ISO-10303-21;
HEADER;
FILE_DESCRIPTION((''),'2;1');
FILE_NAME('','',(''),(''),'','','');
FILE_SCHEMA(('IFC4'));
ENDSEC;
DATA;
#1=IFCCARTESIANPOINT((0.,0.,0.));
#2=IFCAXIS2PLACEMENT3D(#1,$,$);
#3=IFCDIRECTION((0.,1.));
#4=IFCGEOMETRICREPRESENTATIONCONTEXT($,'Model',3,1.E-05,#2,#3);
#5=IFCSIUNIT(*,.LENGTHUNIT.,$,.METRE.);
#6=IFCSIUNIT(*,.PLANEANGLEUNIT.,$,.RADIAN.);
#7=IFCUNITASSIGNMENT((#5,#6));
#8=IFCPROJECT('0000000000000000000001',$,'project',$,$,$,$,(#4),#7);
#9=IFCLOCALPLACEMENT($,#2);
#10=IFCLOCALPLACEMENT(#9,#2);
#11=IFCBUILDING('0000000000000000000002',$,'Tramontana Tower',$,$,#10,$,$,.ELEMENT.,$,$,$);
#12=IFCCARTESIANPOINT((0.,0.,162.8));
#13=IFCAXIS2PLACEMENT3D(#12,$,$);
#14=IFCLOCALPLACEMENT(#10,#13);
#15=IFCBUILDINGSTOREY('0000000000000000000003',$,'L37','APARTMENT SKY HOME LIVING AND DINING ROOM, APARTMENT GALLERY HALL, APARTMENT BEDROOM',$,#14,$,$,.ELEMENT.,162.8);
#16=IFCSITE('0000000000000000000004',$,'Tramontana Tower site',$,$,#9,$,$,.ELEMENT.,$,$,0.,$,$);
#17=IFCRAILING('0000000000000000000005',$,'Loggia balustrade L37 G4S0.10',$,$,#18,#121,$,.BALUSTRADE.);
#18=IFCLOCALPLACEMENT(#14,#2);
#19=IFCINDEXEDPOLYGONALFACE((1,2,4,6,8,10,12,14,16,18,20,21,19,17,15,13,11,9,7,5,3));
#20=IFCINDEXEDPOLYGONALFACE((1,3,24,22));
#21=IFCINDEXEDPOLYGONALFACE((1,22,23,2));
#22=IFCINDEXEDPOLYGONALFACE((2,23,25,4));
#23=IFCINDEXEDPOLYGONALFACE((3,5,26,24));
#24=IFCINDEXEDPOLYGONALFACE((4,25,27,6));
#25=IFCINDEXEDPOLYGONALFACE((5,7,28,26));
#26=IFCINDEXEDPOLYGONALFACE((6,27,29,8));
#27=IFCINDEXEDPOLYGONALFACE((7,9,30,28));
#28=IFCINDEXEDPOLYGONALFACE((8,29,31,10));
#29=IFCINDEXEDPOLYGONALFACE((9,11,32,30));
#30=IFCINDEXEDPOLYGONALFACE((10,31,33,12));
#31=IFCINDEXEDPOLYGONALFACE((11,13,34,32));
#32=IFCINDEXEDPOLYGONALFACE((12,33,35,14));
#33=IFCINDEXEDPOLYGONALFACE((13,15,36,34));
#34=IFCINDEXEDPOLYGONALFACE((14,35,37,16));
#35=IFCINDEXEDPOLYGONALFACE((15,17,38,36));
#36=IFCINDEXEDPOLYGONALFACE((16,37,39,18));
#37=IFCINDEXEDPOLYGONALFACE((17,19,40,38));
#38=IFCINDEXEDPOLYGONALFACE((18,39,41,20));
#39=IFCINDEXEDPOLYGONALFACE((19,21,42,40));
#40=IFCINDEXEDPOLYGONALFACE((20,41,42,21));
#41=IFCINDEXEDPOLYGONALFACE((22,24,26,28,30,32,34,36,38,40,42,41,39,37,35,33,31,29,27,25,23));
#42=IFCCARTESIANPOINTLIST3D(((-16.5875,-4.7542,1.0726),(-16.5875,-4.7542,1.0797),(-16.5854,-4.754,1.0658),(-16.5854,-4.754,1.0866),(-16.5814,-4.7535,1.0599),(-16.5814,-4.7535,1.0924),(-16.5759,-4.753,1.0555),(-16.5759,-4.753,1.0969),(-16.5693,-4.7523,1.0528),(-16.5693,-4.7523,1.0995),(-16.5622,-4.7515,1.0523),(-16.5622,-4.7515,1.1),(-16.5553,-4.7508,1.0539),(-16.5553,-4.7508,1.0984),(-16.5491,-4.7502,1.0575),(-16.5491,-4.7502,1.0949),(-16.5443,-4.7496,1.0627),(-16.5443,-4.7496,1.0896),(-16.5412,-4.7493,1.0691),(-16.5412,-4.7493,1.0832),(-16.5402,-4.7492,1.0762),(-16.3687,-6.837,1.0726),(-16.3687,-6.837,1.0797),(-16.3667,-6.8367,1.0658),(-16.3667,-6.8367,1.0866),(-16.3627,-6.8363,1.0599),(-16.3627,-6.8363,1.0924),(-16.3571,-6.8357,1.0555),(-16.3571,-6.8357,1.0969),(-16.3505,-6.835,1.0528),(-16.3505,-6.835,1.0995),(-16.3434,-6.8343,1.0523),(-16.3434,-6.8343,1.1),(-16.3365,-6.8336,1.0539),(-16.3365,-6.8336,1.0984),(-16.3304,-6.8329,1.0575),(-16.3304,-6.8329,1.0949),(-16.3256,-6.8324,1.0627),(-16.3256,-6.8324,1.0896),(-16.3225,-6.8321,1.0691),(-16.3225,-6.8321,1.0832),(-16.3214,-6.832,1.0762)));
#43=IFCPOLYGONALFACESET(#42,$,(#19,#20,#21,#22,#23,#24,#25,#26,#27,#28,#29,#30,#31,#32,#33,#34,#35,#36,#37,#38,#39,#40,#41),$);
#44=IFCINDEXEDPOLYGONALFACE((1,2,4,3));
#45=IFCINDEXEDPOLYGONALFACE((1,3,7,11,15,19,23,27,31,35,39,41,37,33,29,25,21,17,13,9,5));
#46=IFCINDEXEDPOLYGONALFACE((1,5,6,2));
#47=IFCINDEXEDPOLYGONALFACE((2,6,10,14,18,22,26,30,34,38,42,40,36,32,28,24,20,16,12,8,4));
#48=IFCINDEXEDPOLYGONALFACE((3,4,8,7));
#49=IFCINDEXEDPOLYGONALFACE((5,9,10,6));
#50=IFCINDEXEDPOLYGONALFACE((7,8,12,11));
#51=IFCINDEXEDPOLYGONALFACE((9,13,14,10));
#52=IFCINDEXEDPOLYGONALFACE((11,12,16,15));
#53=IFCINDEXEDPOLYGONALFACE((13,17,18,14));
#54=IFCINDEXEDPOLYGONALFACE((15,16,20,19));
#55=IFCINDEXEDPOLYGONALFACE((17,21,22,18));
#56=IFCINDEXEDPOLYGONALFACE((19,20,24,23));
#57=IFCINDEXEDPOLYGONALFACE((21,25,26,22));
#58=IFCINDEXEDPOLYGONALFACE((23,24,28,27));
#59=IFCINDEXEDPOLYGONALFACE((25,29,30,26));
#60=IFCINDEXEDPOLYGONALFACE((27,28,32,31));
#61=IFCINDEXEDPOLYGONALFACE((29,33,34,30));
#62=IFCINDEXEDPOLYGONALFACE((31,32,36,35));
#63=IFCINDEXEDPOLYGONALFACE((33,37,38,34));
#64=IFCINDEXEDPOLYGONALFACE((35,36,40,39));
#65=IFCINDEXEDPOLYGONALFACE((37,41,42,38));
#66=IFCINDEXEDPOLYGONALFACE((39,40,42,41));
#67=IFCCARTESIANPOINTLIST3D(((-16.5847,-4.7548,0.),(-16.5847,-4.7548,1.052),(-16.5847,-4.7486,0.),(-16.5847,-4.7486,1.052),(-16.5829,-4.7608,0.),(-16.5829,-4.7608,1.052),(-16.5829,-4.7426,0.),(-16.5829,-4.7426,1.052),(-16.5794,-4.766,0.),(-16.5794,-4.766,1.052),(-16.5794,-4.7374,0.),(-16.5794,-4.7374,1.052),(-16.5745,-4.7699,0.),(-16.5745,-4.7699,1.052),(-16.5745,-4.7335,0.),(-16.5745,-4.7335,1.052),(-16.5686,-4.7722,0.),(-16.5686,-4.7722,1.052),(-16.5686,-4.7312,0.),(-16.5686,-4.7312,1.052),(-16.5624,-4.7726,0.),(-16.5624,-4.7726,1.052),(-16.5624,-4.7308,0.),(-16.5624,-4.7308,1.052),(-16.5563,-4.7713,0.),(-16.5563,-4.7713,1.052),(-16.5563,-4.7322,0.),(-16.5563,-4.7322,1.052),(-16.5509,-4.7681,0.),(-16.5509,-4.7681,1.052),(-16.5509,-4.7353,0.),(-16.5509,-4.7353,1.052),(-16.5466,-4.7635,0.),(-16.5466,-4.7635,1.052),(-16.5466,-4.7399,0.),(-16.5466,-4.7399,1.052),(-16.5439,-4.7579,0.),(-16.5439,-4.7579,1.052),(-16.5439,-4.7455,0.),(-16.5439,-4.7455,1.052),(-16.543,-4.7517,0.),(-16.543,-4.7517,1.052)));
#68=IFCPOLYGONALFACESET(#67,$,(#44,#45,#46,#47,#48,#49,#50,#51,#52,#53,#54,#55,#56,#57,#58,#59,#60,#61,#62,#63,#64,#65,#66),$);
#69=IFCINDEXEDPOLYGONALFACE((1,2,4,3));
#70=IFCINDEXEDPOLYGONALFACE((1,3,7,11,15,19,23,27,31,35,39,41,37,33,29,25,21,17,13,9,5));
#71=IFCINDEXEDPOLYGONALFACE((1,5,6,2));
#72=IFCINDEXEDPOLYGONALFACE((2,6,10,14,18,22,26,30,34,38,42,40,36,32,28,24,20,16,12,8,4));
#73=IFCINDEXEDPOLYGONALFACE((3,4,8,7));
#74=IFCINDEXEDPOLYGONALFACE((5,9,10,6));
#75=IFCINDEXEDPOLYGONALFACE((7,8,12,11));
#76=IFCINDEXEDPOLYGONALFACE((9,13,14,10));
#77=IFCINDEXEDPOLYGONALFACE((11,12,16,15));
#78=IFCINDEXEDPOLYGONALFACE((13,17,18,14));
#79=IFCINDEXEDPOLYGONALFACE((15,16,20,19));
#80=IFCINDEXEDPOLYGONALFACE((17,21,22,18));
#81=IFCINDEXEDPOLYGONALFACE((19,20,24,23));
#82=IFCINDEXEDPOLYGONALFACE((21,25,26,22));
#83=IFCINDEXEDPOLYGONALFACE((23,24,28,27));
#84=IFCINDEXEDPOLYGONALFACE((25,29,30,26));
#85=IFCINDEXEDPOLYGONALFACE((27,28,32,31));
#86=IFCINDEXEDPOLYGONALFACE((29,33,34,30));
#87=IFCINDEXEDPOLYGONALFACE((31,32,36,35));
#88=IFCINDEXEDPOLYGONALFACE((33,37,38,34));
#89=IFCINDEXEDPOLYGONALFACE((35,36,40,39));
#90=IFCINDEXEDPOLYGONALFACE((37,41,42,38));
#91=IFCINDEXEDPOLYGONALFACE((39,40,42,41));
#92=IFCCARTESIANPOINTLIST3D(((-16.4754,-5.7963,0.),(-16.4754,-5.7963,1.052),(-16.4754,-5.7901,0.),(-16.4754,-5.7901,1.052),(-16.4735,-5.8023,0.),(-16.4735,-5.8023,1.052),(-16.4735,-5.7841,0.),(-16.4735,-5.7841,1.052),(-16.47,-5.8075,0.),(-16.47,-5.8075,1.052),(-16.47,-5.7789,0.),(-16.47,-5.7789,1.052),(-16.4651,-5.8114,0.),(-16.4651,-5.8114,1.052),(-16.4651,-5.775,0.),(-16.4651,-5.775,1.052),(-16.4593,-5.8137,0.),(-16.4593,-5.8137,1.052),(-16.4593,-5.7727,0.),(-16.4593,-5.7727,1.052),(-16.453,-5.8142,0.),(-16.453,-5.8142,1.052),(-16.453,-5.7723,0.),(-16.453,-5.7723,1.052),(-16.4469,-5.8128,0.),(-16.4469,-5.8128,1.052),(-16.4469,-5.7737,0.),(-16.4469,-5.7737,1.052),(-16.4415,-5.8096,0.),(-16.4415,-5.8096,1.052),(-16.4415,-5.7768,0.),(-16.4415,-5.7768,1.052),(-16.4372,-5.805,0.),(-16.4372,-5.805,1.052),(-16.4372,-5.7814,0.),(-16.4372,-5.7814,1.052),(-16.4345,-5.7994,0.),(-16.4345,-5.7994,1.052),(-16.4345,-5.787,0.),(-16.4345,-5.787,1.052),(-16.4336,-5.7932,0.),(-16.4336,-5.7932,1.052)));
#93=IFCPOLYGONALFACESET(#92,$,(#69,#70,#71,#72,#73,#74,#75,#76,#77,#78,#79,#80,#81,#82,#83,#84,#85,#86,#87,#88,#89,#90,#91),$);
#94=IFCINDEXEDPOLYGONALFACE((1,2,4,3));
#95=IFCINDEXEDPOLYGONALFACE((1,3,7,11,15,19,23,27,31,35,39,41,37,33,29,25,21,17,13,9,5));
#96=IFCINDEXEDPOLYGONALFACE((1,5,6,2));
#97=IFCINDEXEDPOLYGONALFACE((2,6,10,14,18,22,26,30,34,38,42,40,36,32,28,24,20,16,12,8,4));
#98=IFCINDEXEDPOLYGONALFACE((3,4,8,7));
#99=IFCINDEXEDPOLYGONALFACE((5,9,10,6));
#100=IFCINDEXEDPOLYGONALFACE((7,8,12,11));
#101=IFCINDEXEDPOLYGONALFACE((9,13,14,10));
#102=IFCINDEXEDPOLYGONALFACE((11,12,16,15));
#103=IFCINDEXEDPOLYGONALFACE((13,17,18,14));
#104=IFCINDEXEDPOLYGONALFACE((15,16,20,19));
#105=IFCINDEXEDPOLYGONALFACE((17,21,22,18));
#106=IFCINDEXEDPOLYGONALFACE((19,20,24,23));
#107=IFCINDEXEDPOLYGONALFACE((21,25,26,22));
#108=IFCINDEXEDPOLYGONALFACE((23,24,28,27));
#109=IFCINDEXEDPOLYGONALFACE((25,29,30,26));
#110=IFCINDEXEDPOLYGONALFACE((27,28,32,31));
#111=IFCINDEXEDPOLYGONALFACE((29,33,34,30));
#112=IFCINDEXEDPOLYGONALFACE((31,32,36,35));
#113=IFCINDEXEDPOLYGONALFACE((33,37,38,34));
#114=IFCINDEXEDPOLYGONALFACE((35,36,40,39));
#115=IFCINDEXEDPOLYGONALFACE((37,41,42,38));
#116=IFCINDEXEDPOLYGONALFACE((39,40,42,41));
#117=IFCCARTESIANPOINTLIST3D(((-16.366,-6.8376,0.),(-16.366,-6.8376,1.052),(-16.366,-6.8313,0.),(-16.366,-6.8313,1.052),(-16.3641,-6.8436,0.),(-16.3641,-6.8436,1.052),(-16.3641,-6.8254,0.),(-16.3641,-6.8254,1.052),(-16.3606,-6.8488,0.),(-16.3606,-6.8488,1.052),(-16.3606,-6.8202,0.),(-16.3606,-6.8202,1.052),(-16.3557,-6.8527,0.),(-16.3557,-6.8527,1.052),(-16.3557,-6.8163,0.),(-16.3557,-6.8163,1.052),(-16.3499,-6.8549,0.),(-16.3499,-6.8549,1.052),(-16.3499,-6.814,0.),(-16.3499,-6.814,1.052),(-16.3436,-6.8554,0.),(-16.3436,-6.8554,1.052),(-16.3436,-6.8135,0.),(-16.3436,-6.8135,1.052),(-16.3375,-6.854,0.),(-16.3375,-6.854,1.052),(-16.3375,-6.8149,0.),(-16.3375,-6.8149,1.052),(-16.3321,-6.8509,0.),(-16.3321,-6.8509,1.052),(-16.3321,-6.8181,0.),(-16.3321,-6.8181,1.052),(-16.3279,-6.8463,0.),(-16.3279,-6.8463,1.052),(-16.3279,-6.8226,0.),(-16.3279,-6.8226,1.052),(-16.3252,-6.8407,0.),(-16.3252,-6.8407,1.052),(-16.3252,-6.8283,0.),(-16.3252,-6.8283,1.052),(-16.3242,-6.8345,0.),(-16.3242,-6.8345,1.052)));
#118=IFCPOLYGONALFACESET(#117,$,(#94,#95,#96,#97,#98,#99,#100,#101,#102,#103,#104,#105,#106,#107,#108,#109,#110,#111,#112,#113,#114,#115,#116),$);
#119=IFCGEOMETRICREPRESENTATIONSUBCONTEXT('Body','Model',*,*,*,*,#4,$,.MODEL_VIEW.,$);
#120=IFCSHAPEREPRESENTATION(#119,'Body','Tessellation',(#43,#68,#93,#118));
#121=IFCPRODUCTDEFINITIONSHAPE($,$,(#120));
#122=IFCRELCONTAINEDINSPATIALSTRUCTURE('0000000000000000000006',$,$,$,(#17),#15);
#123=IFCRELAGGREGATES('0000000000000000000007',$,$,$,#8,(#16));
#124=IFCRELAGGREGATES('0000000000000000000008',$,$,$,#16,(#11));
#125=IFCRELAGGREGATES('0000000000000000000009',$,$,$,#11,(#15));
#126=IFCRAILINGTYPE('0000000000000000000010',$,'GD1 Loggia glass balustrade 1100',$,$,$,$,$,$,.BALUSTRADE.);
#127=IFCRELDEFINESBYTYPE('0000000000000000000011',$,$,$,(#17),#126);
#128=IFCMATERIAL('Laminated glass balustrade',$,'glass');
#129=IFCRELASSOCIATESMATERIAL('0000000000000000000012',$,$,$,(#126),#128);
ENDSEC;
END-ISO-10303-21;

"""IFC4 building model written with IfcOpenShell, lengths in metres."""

from ifc_helpers import new_model, si_unit, direction, frame, origin, origin_2d, place, context, subcontext, project, spatial, circle, extrude, material, type_object, element, save


model = new_model("IFC4")

# Units and contexts
model_context = context("Model", 3, precision=1e-05, world=origin(), true_north=direction((0.0, 1.0)))
body_context = subcontext(model_context, "Body", "Model", "MODEL_VIEW")
ifc_project = project(units=[si_unit("LENGTHUNIT", "METRE"), si_unit("PLANEANGLEUNIT", "RADIAN")], contexts=[model_context])

# Site, building, storey
site_placement = place(None, origin())
site = spatial("IfcSite", under=ifc_project, at=site_placement, Name="Tramontana Tower site", CompositionType="ELEMENT", RefElevation=0.0)
building_placement = place(site_placement, origin())
building = spatial("IfcBuilding", under=site, at=building_placement, Name="Tramontana Tower", CompositionType="ELEMENT")
storey_placement = place(building_placement, frame((0.0, 0.0, 162.8)))
storey = spatial("IfcBuildingStorey", under=building, at=storey_placement, Name="L37", Description="APARTMENT SKY HOME LIVING AND DINING ROOM, APARTMENT GALLERY HALL, APARTMENT BEDROOM", CompositionType="ELEMENT", Elevation=162.8)

# Railing
ifc_material_1 = material(Name="Laminated glass balustrade", Category="glass")
railing_type = type_object("IfcRailingType", Name="GD1 Loggia glass balustrade 1100", PredefinedType="BALUSTRADE", material=ifc_material_1)
railing_placement = place(storey_placement, frame((-16.564, -4.7517, 0.0)))
element("IfcRailing", 1, at=railing_placement, inside=storey, type_object=railing_type, Name="Loggia balustrade L37 G4S0.10", PredefinedType="BALUSTRADE", context=body_context, shape_type="SweptSolid", body=[
    extrude(circle(Radius=0.0239, at=origin_2d()), frame((0.0, 0.0, 1.0762), z_axis=(0.104454, -0.99453, 0.0), x_axis=(0.99453, 0.104454, 0.0)), (0.0, 0.0, 1.0), 2.0942),
    extrude(circle(Radius=0.021, at=origin_2d()), origin(), (0.0, 0.0, 1.0), 1.052),
    extrude(circle(Radius=0.021, at=origin_2d()), frame((0.1094, -1.0415, 0.0)), (0.0, 0.0, 1.0), 1.052),
    extrude(circle(Radius=0.021, at=origin_2d()), frame((0.2188, -2.0828, 0.0)), (0.0, 0.0, 1.0), 1.052),
])

save(model, "model.ifc")
